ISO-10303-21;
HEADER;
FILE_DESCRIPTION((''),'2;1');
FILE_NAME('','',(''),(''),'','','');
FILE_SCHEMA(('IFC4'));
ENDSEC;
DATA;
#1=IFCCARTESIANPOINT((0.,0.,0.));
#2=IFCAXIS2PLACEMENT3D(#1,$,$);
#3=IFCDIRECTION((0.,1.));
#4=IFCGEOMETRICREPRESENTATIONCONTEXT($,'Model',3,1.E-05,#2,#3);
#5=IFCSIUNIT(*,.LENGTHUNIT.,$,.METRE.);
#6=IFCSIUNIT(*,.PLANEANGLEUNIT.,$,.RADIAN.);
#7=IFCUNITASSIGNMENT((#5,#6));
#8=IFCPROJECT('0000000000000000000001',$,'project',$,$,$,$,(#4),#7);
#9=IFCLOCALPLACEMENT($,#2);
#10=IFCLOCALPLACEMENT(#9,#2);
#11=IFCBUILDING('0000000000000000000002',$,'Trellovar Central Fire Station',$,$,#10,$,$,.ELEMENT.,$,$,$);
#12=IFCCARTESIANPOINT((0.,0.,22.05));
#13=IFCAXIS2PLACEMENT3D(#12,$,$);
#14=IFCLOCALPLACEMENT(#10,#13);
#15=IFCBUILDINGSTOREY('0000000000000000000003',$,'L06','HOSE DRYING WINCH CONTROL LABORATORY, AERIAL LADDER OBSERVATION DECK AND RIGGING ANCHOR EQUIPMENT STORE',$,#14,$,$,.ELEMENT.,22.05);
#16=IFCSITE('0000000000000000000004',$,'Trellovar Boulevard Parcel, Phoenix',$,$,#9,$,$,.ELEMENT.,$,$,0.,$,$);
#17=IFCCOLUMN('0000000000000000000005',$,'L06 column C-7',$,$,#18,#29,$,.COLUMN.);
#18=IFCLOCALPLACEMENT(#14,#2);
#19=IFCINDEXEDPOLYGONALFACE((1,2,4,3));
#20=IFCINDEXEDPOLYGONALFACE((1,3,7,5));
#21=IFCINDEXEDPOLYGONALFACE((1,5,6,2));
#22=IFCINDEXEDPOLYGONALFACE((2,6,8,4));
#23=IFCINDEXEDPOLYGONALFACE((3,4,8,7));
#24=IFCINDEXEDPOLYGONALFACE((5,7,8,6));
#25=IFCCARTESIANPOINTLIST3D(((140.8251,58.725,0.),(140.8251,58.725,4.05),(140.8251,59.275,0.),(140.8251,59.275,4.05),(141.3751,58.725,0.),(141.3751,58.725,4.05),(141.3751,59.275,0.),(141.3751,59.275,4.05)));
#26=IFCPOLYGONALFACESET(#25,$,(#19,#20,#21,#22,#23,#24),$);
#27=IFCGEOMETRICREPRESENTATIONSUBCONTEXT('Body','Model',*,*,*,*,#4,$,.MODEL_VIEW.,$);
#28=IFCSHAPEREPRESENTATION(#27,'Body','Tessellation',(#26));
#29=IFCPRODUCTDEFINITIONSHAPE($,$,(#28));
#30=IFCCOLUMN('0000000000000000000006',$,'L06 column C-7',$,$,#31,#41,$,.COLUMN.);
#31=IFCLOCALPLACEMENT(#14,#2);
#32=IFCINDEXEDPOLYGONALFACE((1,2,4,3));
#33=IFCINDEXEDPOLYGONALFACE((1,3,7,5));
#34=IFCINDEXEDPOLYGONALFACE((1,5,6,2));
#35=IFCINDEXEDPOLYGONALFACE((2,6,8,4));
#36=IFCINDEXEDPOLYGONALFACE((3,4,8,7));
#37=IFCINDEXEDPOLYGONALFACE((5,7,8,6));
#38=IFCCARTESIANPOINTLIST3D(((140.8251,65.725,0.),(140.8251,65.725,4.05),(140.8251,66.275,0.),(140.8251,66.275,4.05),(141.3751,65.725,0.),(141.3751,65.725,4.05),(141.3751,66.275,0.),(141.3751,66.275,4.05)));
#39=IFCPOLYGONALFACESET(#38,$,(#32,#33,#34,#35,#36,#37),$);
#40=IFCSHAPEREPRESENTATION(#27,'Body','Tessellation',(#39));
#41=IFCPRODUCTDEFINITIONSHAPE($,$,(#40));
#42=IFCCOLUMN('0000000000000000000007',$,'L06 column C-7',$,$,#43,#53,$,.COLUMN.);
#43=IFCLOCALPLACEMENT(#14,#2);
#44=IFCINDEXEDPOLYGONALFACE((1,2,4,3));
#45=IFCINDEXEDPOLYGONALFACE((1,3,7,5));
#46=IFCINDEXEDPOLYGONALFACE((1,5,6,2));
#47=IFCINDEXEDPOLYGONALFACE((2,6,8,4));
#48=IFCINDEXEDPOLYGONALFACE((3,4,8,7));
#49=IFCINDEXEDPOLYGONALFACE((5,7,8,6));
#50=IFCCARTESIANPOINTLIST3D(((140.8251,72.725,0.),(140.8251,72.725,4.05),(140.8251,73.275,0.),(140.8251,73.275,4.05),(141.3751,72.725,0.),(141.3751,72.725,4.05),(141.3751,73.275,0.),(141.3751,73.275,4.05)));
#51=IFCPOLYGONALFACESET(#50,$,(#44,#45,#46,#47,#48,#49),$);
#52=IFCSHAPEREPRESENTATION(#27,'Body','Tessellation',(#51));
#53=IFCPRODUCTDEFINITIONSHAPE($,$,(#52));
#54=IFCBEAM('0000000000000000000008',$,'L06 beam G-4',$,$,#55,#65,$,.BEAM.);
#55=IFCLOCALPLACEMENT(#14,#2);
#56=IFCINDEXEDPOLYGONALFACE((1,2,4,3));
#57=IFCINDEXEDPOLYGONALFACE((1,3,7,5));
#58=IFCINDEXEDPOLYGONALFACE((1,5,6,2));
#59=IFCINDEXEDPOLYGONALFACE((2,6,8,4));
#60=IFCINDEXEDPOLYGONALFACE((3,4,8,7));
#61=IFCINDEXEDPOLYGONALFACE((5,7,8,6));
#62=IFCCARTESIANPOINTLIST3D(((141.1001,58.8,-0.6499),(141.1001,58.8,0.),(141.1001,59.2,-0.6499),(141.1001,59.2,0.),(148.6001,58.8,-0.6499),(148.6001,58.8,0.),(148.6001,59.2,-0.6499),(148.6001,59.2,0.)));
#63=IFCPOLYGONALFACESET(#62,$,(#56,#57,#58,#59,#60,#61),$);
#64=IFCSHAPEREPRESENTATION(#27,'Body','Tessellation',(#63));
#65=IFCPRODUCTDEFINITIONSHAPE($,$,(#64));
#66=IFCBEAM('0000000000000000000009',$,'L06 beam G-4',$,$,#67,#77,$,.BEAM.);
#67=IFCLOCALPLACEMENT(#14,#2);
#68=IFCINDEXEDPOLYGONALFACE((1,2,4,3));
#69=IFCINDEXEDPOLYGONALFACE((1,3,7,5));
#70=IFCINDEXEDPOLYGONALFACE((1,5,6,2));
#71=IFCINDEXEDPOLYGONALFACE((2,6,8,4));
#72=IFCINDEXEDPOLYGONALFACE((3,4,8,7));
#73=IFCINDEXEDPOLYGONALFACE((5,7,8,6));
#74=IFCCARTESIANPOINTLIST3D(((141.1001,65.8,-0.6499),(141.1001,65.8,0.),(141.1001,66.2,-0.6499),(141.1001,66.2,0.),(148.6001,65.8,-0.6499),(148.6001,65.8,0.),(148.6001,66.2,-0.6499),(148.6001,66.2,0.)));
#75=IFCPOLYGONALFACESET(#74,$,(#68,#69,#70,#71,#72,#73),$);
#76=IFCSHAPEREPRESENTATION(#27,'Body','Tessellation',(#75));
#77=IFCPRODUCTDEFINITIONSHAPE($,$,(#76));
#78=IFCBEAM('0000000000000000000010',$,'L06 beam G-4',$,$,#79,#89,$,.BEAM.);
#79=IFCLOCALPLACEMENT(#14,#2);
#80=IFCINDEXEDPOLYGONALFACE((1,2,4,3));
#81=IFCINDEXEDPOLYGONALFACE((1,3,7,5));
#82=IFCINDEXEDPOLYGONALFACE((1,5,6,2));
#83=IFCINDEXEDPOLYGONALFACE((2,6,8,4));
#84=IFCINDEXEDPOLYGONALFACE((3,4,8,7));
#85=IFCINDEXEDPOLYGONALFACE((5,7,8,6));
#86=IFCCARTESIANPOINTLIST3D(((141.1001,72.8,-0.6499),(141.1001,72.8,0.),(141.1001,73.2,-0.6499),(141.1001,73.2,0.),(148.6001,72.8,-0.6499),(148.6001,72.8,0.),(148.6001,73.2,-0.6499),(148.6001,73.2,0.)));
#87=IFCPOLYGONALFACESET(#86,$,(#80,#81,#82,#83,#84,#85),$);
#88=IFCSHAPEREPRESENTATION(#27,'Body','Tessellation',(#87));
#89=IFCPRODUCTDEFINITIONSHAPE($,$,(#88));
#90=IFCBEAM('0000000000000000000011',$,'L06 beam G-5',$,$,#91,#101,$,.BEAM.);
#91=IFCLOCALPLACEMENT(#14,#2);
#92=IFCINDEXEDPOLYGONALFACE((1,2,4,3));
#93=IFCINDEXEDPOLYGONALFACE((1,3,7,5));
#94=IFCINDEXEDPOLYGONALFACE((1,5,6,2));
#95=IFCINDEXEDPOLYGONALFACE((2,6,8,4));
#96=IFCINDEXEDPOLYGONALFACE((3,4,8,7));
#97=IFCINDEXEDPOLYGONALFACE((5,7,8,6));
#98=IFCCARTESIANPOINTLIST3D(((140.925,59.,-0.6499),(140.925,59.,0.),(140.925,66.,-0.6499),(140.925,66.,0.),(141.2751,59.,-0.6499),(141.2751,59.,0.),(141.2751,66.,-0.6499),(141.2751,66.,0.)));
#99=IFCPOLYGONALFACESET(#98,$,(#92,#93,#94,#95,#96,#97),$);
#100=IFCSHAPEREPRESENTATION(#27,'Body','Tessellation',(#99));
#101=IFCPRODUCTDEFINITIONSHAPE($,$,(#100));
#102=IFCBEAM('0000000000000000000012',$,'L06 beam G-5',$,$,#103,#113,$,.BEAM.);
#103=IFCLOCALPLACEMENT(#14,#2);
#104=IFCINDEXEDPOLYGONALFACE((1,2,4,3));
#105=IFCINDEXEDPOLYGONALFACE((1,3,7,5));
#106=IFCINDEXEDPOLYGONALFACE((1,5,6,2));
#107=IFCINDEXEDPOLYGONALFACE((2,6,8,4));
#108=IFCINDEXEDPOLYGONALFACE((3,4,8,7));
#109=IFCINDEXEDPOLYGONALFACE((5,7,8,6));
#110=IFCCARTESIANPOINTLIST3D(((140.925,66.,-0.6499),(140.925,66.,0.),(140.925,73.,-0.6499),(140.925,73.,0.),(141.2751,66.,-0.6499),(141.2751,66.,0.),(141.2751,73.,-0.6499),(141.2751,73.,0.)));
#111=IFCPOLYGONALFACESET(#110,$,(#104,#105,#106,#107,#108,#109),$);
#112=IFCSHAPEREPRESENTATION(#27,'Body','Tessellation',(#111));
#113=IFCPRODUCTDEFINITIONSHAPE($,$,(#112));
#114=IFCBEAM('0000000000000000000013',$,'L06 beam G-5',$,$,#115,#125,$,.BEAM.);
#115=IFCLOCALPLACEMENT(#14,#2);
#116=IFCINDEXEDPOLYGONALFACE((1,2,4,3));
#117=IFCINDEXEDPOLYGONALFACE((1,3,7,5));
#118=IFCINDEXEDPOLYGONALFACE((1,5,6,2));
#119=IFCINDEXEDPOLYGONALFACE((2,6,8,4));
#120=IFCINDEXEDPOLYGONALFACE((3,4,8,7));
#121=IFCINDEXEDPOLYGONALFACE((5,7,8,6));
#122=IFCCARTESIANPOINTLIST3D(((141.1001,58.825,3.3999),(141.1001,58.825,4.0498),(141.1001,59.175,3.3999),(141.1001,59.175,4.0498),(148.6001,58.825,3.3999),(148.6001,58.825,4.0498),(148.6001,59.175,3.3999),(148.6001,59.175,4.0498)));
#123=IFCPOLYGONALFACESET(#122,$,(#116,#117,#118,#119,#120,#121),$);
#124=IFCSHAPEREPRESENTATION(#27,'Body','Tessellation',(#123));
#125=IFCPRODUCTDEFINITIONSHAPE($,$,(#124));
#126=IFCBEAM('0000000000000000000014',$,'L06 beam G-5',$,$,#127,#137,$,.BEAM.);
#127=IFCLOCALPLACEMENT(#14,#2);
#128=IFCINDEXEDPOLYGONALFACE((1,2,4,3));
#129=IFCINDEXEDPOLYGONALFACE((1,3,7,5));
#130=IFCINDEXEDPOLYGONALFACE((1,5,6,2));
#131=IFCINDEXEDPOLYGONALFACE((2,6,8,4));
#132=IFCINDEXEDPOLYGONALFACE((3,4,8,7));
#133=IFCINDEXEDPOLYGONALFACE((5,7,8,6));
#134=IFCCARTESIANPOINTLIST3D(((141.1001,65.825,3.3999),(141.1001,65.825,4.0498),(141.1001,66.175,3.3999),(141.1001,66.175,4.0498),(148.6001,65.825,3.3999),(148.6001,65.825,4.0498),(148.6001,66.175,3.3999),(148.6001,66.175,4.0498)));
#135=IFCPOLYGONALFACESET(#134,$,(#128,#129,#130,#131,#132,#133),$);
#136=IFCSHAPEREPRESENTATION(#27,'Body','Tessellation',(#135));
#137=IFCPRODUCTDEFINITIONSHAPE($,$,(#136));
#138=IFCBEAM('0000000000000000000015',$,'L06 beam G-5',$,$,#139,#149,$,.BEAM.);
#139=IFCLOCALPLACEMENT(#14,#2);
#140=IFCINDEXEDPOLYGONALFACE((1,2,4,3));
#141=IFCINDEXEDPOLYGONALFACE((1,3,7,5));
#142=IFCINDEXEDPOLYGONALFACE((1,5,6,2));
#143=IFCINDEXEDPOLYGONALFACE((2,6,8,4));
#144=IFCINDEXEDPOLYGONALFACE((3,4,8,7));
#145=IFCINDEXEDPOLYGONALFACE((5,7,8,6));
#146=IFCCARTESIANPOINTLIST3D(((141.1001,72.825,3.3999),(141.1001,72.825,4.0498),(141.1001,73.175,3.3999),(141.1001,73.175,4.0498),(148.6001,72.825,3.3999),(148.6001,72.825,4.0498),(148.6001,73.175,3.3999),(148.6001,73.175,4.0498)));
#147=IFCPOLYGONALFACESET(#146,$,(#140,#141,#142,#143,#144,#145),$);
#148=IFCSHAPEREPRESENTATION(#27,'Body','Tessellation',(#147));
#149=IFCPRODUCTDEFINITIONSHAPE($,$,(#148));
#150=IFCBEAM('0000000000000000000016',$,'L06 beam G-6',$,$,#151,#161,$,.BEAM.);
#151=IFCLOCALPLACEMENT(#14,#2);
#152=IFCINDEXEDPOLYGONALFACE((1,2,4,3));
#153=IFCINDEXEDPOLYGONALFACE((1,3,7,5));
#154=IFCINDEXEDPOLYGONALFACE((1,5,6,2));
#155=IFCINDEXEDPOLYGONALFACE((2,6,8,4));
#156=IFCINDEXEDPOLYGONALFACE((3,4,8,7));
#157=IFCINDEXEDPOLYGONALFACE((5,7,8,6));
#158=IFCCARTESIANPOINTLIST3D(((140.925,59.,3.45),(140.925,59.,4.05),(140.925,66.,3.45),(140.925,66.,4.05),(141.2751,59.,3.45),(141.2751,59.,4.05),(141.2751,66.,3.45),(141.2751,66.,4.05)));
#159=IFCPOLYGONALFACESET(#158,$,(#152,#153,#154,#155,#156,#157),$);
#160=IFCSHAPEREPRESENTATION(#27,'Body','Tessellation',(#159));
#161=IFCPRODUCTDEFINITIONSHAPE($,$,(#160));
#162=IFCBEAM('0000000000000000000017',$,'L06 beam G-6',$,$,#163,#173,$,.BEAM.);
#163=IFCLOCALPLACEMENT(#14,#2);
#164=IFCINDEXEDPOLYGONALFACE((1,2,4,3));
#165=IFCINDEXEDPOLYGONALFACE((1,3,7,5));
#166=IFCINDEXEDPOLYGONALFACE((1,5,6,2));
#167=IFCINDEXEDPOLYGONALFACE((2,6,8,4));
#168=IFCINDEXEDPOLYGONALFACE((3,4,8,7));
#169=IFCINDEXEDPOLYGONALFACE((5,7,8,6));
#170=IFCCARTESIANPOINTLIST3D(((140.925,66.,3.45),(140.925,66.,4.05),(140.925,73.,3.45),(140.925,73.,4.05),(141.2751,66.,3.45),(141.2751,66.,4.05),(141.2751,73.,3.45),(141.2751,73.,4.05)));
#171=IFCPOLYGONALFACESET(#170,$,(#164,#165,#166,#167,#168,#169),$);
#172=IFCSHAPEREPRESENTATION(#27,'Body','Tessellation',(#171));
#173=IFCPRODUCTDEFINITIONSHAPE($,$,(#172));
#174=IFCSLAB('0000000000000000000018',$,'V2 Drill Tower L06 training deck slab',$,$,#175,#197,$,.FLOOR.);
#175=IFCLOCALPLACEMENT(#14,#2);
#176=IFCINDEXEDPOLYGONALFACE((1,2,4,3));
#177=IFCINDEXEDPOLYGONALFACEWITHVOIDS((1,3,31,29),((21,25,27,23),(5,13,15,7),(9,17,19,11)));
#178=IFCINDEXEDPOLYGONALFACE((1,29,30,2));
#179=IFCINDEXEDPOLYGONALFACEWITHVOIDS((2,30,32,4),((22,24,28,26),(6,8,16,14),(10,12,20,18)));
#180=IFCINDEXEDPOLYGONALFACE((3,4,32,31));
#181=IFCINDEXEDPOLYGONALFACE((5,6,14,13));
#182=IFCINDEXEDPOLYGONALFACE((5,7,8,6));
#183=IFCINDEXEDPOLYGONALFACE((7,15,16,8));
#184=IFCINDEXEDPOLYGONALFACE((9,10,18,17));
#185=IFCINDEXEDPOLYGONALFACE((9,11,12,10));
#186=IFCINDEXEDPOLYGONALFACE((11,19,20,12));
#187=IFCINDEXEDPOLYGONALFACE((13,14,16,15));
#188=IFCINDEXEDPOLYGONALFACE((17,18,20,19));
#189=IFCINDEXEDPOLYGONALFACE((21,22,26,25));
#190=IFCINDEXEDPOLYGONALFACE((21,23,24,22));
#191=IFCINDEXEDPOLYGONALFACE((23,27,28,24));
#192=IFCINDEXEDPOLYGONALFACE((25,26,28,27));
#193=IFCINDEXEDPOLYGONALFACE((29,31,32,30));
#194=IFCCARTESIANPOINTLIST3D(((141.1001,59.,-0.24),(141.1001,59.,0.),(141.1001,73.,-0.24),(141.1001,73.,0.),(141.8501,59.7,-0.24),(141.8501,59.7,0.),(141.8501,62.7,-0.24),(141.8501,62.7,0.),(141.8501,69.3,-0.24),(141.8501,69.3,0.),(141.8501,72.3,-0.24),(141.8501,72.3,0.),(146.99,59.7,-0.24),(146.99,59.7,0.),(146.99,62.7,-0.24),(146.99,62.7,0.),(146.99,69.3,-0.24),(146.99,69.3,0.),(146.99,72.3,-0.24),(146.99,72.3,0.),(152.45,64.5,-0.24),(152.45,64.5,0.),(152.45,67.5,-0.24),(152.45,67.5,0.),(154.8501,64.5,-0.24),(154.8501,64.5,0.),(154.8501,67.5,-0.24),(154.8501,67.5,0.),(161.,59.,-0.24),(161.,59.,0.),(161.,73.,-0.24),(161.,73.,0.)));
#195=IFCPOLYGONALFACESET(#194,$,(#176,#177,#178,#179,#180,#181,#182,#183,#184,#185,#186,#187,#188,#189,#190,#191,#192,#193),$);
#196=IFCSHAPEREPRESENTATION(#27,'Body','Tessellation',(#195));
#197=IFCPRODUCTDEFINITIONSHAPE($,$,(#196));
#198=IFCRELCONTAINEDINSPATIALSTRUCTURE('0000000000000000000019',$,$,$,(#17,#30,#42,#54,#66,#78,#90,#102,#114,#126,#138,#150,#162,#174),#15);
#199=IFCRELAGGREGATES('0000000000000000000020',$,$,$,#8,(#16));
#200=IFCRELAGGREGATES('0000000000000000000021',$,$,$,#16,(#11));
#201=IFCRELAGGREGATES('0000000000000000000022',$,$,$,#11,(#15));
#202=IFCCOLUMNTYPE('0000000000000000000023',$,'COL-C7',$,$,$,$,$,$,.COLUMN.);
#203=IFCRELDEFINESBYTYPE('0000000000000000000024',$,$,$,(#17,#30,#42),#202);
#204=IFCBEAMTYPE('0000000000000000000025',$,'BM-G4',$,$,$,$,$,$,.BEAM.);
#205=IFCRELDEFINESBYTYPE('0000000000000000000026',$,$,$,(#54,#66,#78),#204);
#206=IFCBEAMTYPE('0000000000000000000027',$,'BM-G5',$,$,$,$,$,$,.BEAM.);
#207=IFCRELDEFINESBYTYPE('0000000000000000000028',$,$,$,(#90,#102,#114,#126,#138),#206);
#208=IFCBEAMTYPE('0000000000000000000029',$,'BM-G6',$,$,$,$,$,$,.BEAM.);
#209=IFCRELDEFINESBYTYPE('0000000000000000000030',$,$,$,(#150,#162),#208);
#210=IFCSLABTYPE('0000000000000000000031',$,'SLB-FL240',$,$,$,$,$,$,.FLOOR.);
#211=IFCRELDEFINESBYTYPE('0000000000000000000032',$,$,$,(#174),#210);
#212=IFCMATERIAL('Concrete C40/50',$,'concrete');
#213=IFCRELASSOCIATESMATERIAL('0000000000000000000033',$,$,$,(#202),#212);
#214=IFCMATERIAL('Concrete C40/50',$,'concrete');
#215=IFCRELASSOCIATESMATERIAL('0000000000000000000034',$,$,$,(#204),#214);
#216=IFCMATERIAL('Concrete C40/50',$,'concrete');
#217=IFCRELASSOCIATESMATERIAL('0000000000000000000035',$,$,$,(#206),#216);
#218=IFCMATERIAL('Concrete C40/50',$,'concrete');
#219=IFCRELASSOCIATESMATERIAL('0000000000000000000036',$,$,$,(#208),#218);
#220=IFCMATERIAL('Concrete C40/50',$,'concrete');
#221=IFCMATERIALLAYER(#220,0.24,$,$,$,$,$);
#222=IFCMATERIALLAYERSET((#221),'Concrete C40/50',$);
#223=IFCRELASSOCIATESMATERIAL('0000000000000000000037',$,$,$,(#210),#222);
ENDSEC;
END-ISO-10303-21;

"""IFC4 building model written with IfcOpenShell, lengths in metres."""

from ifc_helpers import new_model, si_unit, direction, frame, origin, origin_2d, place, context, subcontext, project, spatial, polyline, rectangle, outline, extrude, material, layer, layer_set, material_profile, profile_set, type_object, element, save


model = new_model("IFC4")

# Units and contexts
model_context = context("Model", 3, precision=1e-05, world=origin(), true_north=direction((0.0, 1.0)))
body_context = subcontext(model_context, "Body", "Model", "MODEL_VIEW")
ifc_project = project(units=[si_unit("LENGTHUNIT", "METRE"), si_unit("PLANEANGLEUNIT", "RADIAN")], contexts=[model_context])

# Site, building, storey
site_placement = place(None, origin())
site = spatial("IfcSite", under=ifc_project, at=site_placement, Name="Trellovar Boulevard Parcel, Phoenix", CompositionType="ELEMENT", RefElevation=0.0)
building_placement = place(site_placement, origin())
building = spatial("IfcBuilding", under=site, at=building_placement, Name="Trellovar Central Fire Station", CompositionType="ELEMENT")
storey_placement = place(building_placement, frame((0.0, 0.0, 22.05)))
storey = spatial("IfcBuildingStorey", under=building, at=storey_placement, Name="L06", Description="HOSE DRYING WINCH CONTROL LABORATORY, AERIAL LADDER OBSERVATION DECK AND RIGGING ANCHOR EQUIPMENT STORE", CompositionType="ELEMENT", Elevation=22.05)

# Columns
ifc_material_1 = material(Name="Concrete C40/50", Category="concrete")
ifc_material_profile_1 = material_profile(ifc_material_1, rectangle(XDim=0.55, YDim=0.55, at=origin_2d()), Name="RC550X550")
ifc_profile_set_1 = profile_set([ifc_material_profile_1], Name="Concrete C40/50")
column_type = type_object("IfcColumnType", Name="COL-C7", PredefinedType="COLUMN", material=ifc_profile_set_1)
for number, where, z_axis, x_axis, name in (
    (1, (141.1001, 59.0, 0.0), (0.0, 0.0, 1.0), (1.0, 0.0, 0.0), "L06 column C-7"),
    (2, (141.1001, 66.0, 0.0), (0.0, 0.0, 1.0), (1.0, 0.0, 0.0), "L06 column C-7"),
    (3, (141.1001, 73.0, 0.0), (0.0, 0.0, 1.0), (1.0, 0.0, 0.0), "L06 column C-7"),
):
    element("IfcColumn", number, at=place(storey_placement, frame(where, z_axis=z_axis, x_axis=x_axis)), inside=storey, type_object=column_type, Name=name, PredefinedType="COLUMN", context=body_context, shape_type="SweptSolid", body=[
        extrude(rectangle(XDim=0.55, YDim=0.55, at=origin_2d()), origin(), (0.0, 0.0, 1.0), 4.05),
    ])

# Beams
ifc_material_2 = material(Name="Concrete C40/50", Category="concrete")
ifc_material_profile_2 = material_profile(ifc_material_2, rectangle(XDim=0.3999, YDim=0.6499, at=origin_2d()), Name="RC400X650")
ifc_profile_set_2 = profile_set([ifc_material_profile_2], Name="Concrete C40/50")
beam_type_1 = type_object("IfcBeamType", Name="BM-G4", PredefinedType="BEAM", material=ifc_profile_set_2)
for number, where, z_axis, x_axis, name in (
    (4, (141.1001, 59.0, -0.325), (1.0, 0.0, 0.0), (0.0, 1.0, 0.0), "L06 beam G-4"),
    (5, (141.1001, 66.0, -0.325), (1.0, 0.0, 0.0), (0.0, 1.0, 0.0), "L06 beam G-4"),
    (6, (141.1001, 73.0, -0.325), (1.0, 0.0, 0.0), (0.0, 1.0, 0.0), "L06 beam G-4"),
):
    element("IfcBeam", number, at=place(storey_placement, frame(where, z_axis=z_axis, x_axis=x_axis)), inside=storey, type_object=beam_type_1, Name=name, PredefinedType="BEAM", context=body_context, shape_type="SweptSolid", body=[
        extrude(rectangle(XDim=0.3999, YDim=0.6499, at=origin_2d()), origin(), (0.0, 0.0, 1.0), 7.5),
    ])
ifc_material_3 = material(Name="Concrete C40/50", Category="concrete")
ifc_material_profile_3 = material_profile(ifc_material_3, rectangle(XDim=0.3501, YDim=0.6499, at=origin_2d()), Name="RC350X650")
ifc_profile_set_3 = profile_set([ifc_material_profile_3], Name="Concrete C40/50")
beam_type_2 = type_object("IfcBeamType", Name="BM-G5", PredefinedType="BEAM", material=ifc_profile_set_3)
for number, where, z_axis, x_axis, name in (
    (7, (141.1001, 59.0, -0.325), (0.0, 1.0, 0.0), (-1.0, 0.0, 0.0), "L06 beam G-5"),
    (8, (141.1001, 66.0, -0.325), (0.0, 1.0, 0.0), (-1.0, 0.0, 0.0), "L06 beam G-5"),
):
    element("IfcBeam", number, at=place(storey_placement, frame(where, z_axis=z_axis, x_axis=x_axis)), inside=storey, type_object=beam_type_2, Name=name, PredefinedType="BEAM", context=body_context, shape_type="SweptSolid", body=[
        extrude(rectangle(XDim=0.3501, YDim=0.6499, at=origin_2d()), origin(), (0.0, 0.0, 1.0), 7.0),
    ])
for number, where, z_axis, x_axis, name in (
    (9, (141.1001, 59.0, 3.7249), (1.0, 0.0, 0.0), (0.0, 1.0, 0.0), "L06 beam G-5"),
    (10, (141.1001, 66.0, 3.7249), (1.0, 0.0, 0.0), (0.0, 1.0, 0.0), "L06 beam G-5"),
    (11, (141.1001, 73.0, 3.7249), (1.0, 0.0, 0.0), (0.0, 1.0, 0.0), "L06 beam G-5"),
):
    element("IfcBeam", number, at=place(storey_placement, frame(where, z_axis=z_axis, x_axis=x_axis)), inside=storey, type_object=beam_type_2, Name=name, PredefinedType="BEAM", context=body_context, shape_type="SweptSolid", body=[
        extrude(rectangle(XDim=0.3501, YDim=0.6499, at=origin_2d()), origin(), (0.0, 0.0, 1.0), 7.5),
    ])
ifc_material_4 = material(Name="Concrete C40/50", Category="concrete")
ifc_material_profile_4 = material_profile(ifc_material_4, rectangle(XDim=0.3501, YDim=0.6001, at=origin_2d()), Name="RC350X600")
ifc_profile_set_4 = profile_set([ifc_material_profile_4], Name="Concrete C40/50")
beam_type_3 = type_object("IfcBeamType", Name="BM-G6", PredefinedType="BEAM", material=ifc_profile_set_4)
for number, where, z_axis, x_axis, name in (
    (12, (141.1001, 59.0, 3.75), (0.0, 1.0, 0.0), (-1.0, 0.0, 0.0), "L06 beam G-6"),
    (13, (141.1001, 66.0, 3.75), (0.0, 1.0, 0.0), (-1.0, 0.0, 0.0), "L06 beam G-6"),
):
    element("IfcBeam", number, at=place(storey_placement, frame(where, z_axis=z_axis, x_axis=x_axis)), inside=storey, type_object=beam_type_3, Name=name, PredefinedType="BEAM", context=body_context, shape_type="SweptSolid", body=[
        extrude(rectangle(XDim=0.3501, YDim=0.6001, at=origin_2d()), origin(), (0.0, 0.0, 1.0), 7.0),
    ])

# Slab
ifc_material_5 = material(Name="Concrete C40/50", Category="concrete")
ifc_layer_1 = layer(ifc_material_5, 0.24)
ifc_layer_set_1 = layer_set([ifc_layer_1], Name="Concrete C40/50")
slab_type_1 = type_object("IfcSlabType", Name="SLB-FL240", PredefinedType="FLOOR", material=ifc_layer_set_1)
slab_1_placement = place(storey_placement, frame((0.0, 0.0, -0.24)))
element("IfcSlab", 14, at=slab_1_placement, inside=storey, type_object=slab_type_1, Name="V2 Drill Tower L06 training deck slab", PredefinedType="FLOOR", context=body_context, shape_type="SweptSolid", body=[
    extrude(outline(polyline([(141.1001, 59.0), (161.0, 59.0), (161.0, 73.0), (141.1001, 73.0), (141.1001, 59.0)]), holes=[polyline([(146.99, 62.7), (141.8501, 62.7), (141.8501, 59.7), (146.99, 59.7), (146.99, 62.7)]), polyline([(146.99, 72.3), (141.8501, 72.3), (141.8501, 69.3), (146.99, 69.3), (146.99, 72.3)]), polyline([(152.45, 64.5), (154.8501, 64.5), (154.8501, 67.5), (152.45, 67.5), (152.45, 64.5)])]), origin(), (0.0, 0.0, 1.0), 0.24),
])

save(model, "model.ifc")
